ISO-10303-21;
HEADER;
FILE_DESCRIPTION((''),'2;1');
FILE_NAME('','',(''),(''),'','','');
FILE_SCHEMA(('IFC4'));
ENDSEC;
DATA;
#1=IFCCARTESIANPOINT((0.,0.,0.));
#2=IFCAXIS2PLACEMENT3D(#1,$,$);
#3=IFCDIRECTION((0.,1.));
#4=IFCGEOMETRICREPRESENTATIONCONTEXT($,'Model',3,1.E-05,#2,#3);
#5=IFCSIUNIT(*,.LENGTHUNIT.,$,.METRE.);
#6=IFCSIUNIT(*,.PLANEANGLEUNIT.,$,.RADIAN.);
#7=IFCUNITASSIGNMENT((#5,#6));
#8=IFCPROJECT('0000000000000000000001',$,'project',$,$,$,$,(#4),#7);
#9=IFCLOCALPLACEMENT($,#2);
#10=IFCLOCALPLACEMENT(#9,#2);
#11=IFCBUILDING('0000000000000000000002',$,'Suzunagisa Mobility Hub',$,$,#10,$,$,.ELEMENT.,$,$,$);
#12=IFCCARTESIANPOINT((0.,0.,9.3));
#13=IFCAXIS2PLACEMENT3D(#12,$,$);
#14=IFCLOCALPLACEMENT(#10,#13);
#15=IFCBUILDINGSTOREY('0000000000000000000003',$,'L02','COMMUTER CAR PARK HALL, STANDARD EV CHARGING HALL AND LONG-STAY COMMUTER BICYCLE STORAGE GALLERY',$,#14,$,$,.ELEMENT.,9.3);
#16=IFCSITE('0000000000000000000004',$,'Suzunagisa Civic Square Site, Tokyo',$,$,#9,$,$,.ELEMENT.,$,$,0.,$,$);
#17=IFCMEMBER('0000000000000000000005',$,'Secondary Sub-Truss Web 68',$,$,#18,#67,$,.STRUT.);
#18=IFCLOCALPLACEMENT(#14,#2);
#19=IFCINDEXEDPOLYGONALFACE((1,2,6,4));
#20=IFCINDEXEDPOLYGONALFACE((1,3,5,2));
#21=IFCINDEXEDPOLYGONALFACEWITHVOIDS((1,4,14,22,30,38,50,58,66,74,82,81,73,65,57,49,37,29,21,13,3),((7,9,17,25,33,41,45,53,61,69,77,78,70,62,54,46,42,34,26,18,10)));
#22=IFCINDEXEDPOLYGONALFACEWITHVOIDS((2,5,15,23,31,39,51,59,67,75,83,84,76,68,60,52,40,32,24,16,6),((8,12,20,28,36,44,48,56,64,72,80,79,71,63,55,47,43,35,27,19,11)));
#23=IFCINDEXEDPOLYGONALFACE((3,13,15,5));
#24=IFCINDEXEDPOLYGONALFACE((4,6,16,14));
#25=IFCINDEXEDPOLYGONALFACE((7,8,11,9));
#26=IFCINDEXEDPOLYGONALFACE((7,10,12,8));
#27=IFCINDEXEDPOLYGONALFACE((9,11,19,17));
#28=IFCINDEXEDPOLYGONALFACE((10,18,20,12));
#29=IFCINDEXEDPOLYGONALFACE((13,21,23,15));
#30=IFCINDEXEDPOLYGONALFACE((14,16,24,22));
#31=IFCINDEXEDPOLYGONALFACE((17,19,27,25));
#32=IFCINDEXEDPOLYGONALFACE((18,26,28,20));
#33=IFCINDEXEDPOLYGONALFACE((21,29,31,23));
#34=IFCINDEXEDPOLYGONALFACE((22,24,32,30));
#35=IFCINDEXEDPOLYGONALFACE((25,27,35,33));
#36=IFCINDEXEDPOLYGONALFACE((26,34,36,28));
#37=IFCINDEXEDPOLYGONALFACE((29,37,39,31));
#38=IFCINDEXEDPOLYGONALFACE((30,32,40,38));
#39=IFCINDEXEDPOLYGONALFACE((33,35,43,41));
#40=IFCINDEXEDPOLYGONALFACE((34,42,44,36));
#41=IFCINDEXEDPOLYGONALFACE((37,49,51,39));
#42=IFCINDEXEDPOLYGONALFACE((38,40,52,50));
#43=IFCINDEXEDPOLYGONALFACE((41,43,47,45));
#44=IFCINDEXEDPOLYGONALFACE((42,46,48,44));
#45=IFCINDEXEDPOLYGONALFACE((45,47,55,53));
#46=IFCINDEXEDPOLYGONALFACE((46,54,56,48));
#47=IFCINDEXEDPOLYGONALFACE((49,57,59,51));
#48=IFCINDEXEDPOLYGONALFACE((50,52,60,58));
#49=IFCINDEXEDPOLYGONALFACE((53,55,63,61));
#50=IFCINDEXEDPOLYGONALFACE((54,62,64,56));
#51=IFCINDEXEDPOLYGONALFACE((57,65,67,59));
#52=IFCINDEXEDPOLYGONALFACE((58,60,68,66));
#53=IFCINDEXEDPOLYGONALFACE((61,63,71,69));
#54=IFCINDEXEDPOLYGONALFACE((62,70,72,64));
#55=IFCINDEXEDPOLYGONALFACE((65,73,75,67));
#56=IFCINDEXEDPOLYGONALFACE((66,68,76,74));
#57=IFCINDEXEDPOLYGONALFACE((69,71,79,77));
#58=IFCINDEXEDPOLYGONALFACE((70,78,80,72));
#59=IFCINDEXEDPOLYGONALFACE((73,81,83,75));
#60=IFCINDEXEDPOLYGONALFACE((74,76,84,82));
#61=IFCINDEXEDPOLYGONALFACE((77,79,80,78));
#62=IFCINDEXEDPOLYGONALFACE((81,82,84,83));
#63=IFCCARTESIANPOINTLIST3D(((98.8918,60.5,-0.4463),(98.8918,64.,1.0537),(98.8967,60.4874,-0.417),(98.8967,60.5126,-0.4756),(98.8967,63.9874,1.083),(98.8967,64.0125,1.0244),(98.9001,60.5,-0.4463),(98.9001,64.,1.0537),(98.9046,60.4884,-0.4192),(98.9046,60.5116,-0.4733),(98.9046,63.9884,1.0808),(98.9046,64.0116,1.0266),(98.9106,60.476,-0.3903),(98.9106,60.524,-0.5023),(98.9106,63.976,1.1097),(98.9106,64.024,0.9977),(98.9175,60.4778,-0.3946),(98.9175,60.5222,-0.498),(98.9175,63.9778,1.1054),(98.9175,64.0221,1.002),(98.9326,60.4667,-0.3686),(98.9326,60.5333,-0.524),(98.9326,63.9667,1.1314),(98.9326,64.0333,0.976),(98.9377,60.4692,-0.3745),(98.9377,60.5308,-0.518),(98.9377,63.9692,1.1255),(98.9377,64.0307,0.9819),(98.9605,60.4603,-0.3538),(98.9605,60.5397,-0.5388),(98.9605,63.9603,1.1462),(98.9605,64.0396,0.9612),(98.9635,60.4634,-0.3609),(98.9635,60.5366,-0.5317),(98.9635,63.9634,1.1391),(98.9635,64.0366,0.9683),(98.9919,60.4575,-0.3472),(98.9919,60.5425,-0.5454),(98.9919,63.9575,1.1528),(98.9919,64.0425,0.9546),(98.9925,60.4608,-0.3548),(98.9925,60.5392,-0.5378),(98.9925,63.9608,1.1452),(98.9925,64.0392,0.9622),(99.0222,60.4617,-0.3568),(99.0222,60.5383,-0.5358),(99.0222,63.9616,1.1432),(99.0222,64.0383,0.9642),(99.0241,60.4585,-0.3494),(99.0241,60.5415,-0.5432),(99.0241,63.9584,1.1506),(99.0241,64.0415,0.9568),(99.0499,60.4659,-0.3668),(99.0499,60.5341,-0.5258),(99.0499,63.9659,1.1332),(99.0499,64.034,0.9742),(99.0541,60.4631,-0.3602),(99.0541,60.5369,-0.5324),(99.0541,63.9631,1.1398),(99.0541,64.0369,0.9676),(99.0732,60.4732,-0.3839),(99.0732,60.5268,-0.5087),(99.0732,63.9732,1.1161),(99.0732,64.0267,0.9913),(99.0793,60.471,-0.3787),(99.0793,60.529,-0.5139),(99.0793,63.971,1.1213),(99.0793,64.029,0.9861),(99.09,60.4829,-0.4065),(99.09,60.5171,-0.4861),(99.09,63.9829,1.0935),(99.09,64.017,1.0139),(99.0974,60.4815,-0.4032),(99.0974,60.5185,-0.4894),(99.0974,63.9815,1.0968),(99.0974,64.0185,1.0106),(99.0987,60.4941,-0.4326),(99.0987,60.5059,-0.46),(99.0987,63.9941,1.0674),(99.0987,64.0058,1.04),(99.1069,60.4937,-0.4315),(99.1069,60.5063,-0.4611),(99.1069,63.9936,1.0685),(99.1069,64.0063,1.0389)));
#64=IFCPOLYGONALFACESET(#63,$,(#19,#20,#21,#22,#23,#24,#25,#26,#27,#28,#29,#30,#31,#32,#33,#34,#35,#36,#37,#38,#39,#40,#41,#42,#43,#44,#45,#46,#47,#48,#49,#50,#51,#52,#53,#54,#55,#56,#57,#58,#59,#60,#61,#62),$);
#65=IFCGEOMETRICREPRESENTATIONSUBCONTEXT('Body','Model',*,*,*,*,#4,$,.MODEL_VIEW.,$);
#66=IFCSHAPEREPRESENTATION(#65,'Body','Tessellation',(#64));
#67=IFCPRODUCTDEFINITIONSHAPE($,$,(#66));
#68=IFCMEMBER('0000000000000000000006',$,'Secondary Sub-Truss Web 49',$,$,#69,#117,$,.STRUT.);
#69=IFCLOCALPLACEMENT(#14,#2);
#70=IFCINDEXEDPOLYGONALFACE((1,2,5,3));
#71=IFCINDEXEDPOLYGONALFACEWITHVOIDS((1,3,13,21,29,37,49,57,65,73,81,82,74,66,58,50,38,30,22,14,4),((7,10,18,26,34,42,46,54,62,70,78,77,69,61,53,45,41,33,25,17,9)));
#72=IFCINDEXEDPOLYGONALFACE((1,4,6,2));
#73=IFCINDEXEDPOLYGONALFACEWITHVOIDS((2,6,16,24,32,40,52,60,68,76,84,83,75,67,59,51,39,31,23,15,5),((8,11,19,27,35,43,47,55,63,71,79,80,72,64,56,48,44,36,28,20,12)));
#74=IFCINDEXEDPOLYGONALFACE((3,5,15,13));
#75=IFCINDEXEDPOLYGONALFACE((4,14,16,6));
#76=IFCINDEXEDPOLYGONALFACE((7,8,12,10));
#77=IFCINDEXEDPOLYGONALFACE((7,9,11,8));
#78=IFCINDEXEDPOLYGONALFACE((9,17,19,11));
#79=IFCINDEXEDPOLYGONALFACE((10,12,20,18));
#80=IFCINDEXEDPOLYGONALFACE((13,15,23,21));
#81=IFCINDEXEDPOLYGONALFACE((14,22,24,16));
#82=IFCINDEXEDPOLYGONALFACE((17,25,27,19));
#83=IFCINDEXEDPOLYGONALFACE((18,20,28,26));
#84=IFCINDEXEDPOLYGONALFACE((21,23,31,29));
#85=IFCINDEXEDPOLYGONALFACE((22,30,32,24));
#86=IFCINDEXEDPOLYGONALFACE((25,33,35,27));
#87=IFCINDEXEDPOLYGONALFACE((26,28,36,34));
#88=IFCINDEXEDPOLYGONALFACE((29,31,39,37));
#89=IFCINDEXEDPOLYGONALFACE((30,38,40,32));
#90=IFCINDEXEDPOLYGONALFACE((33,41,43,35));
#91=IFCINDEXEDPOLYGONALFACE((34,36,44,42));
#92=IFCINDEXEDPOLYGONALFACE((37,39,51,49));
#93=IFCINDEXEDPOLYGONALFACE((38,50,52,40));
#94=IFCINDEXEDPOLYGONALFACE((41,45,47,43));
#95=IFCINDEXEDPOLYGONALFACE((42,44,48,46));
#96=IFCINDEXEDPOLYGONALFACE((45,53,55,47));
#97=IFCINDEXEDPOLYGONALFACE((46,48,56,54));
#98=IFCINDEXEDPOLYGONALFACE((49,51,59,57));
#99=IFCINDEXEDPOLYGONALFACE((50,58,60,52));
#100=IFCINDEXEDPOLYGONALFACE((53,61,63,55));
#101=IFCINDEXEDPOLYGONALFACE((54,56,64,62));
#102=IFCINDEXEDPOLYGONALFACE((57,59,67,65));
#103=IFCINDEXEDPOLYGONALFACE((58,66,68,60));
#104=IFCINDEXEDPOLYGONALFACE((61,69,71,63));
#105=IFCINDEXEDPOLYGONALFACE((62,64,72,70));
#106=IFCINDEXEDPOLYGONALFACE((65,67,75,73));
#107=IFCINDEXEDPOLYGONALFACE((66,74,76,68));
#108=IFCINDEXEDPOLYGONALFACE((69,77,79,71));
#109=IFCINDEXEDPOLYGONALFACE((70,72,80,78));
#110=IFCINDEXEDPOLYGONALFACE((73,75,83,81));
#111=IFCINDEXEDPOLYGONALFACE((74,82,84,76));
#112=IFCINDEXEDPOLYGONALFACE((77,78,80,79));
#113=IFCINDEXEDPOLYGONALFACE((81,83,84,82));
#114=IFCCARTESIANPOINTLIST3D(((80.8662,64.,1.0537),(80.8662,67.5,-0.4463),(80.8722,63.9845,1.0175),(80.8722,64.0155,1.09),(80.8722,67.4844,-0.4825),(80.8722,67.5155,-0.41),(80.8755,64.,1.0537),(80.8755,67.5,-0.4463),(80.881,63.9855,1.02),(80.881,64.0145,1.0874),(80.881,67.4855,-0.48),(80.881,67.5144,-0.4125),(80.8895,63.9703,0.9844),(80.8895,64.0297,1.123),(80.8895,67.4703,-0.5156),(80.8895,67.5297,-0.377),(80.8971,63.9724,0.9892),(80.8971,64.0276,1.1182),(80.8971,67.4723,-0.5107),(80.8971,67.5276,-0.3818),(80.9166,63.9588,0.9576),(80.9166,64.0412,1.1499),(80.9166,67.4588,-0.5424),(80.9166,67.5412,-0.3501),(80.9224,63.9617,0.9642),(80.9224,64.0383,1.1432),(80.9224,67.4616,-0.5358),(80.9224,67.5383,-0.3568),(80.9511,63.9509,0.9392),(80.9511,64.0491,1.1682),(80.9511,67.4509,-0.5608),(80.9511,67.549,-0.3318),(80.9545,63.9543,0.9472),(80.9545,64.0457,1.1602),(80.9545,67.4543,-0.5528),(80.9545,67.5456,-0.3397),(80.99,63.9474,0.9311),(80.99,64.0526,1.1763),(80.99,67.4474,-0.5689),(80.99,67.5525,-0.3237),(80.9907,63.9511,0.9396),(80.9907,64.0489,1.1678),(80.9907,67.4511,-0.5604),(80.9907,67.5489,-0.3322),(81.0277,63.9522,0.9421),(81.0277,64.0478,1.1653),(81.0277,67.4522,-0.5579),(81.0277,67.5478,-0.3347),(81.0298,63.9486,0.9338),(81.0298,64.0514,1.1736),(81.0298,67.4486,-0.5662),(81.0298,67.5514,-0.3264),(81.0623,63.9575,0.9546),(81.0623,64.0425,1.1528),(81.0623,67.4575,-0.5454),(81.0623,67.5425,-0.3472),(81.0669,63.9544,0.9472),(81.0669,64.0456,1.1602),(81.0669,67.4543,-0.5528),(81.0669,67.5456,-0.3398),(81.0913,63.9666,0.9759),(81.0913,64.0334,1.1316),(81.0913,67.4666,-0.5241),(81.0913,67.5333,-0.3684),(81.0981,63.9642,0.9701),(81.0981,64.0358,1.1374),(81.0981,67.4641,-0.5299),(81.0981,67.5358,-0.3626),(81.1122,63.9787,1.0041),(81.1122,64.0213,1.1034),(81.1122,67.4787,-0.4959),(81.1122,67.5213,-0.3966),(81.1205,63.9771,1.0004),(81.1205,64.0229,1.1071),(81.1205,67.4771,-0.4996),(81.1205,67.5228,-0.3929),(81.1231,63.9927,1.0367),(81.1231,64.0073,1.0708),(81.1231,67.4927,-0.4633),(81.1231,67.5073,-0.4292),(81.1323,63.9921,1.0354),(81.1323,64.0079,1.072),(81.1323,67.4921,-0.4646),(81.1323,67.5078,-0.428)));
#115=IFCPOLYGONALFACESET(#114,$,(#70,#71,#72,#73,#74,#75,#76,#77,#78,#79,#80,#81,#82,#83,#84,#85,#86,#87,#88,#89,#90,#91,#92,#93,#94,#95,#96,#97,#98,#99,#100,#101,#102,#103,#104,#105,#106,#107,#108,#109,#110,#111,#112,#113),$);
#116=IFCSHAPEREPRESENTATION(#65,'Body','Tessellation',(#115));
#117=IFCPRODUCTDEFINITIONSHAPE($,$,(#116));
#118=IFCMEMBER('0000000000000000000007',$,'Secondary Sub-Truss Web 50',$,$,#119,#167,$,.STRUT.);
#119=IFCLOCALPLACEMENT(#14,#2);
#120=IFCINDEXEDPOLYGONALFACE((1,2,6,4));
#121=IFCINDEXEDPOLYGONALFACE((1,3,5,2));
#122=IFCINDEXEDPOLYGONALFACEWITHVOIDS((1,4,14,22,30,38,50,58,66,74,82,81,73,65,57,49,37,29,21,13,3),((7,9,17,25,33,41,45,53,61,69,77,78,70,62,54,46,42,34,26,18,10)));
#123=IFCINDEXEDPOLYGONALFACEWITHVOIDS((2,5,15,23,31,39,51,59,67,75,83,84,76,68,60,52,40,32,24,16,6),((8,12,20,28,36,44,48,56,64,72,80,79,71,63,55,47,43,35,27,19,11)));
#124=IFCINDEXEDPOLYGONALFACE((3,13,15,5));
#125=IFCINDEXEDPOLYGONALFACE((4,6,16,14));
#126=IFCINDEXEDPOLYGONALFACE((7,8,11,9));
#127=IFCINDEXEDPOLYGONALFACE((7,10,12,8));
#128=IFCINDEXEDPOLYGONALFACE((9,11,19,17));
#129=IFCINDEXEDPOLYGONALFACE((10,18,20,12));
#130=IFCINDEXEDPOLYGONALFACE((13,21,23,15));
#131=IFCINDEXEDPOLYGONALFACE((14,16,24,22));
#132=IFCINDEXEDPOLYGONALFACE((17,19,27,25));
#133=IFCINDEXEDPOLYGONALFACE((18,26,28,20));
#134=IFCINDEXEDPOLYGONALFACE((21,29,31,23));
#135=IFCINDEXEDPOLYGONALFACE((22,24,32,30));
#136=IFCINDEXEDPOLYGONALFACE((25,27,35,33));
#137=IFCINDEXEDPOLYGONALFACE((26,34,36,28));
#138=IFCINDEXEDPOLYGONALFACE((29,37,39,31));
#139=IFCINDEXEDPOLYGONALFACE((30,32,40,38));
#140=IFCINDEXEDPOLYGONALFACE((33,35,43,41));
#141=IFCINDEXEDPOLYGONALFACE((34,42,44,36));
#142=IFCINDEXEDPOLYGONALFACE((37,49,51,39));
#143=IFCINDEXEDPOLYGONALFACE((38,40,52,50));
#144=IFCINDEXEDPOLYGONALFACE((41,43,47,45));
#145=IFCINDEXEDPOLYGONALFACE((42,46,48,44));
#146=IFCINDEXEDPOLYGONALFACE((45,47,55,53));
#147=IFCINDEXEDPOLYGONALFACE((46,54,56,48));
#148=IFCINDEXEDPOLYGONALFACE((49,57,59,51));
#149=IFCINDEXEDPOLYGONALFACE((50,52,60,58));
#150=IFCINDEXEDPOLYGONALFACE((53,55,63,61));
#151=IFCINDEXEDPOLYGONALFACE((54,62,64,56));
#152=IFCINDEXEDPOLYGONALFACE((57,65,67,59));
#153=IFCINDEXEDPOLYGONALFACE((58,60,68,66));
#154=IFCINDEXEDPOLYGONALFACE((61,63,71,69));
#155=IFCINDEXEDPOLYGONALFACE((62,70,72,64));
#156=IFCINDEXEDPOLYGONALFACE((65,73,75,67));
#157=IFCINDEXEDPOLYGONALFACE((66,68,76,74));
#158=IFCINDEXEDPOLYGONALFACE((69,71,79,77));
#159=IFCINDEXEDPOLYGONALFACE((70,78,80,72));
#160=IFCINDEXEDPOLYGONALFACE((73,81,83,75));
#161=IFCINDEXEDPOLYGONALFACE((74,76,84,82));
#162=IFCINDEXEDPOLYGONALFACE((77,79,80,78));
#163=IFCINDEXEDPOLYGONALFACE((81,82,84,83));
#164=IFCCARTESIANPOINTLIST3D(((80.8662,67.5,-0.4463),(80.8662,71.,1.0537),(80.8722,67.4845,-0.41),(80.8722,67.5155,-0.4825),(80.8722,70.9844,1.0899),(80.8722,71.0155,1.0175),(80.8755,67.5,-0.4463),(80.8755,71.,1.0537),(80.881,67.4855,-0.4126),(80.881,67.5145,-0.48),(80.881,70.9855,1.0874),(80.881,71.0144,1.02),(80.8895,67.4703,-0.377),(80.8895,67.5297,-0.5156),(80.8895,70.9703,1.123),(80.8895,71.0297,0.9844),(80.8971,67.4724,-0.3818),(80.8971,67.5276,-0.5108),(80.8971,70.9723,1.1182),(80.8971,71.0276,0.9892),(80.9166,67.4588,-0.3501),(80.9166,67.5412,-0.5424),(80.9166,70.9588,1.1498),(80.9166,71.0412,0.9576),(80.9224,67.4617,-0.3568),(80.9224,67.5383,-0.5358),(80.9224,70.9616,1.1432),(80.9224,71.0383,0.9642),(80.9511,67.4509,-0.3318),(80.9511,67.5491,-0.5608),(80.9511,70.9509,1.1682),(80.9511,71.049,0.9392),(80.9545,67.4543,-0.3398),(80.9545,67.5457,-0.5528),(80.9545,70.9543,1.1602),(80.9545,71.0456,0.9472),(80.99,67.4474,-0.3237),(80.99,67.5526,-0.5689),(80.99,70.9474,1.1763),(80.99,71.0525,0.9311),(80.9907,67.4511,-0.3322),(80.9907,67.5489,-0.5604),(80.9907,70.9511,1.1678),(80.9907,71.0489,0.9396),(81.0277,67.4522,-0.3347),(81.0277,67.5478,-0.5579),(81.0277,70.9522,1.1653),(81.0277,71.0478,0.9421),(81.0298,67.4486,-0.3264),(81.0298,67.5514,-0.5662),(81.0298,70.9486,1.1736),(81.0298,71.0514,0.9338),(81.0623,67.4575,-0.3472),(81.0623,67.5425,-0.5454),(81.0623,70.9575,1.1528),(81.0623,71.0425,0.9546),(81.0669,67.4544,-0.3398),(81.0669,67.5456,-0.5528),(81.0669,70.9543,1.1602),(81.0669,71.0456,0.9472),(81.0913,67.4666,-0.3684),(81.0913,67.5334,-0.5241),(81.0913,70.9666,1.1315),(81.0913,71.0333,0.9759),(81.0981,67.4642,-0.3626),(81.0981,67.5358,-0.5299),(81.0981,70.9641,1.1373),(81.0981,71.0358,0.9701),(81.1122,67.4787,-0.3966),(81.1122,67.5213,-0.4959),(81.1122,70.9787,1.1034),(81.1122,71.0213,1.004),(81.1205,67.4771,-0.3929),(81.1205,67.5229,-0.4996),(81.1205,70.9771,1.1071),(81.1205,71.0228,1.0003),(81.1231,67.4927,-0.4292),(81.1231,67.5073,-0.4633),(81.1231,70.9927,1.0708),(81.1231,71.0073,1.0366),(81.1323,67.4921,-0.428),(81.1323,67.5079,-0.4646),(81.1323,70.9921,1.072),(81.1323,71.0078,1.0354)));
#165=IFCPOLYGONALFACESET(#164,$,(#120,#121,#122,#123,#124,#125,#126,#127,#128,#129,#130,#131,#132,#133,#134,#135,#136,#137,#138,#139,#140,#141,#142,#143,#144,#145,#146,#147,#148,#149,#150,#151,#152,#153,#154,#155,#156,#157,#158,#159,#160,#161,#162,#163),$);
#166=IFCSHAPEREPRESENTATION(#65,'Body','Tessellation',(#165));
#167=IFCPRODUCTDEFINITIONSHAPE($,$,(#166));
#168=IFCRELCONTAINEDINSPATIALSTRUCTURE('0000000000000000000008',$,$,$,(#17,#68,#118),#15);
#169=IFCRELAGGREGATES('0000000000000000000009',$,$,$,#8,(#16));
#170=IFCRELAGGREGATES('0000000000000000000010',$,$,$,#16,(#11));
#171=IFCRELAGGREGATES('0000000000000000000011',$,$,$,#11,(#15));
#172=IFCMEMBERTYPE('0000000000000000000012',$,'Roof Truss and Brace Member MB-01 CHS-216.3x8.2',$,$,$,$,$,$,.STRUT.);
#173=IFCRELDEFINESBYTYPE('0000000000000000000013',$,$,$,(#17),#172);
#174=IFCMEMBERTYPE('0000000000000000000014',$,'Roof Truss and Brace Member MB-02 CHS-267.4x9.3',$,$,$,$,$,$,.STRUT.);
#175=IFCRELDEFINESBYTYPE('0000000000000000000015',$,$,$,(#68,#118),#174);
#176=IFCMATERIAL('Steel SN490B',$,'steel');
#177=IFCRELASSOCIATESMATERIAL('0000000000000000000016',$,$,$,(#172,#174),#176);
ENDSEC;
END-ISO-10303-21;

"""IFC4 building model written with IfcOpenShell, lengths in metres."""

from ifc_helpers import new_model, si_unit, direction, frame, origin, origin_2d, place, context, subcontext, project, spatial, hollow_circle, extrude, material, material_profile, profile_set, type_object, element, save


model = new_model("IFC4")

# Units and contexts
model_context = context("Model", 3, precision=1e-05, world=origin(), true_north=direction((0.0, 1.0)))
body_context = subcontext(model_context, "Body", "Model", "MODEL_VIEW")
ifc_project = project(units=[si_unit("LENGTHUNIT", "METRE"), si_unit("PLANEANGLEUNIT", "RADIAN")], contexts=[model_context])

# Site, building, storey
site_placement = place(None, origin())
site = spatial("IfcSite", under=ifc_project, at=site_placement, Name="Suzunagisa Civic Square Site, Tokyo", CompositionType="ELEMENT", RefElevation=0.0)
building_placement = place(site_placement, origin())
building = spatial("IfcBuilding", under=site, at=building_placement, Name="Suzunagisa Mobility Hub", CompositionType="ELEMENT")
storey_placement = place(building_placement, frame((0.0, 0.0, 9.3)))
storey = spatial("IfcBuildingStorey", under=building, at=storey_placement, Name="L02", Description="COMMUTER CAR PARK HALL, STANDARD EV CHARGING HALL AND LONG-STAY COMMUTER BICYCLE STORAGE GALLERY", CompositionType="ELEMENT", Elevation=9.3)

# Shared definitions
ifc_material_1 = material(Name="Steel SN490B", Category="steel")

# Members
ifc_material_profile_1 = material_profile(ifc_material_1, hollow_circle(Radius=0.1082, WallThickness=0.0083, at=origin_2d()), Name="CHS-216.3x8.2")
ifc_profile_set_1 = profile_set([ifc_material_profile_1], Name="Steel SN490B")
member_type_1 = type_object("IfcMemberType", Name="Roof Truss and Brace Member MB-01 CHS-216.3x8.2", PredefinedType="STRUT", material=ifc_profile_set_1)
for number, where, z_axis, x_axis, name in (
    (1, (99.0, 60.5, -0.4463), (0.0, 0.919145, 0.393919), (-1.0, 0.0, 0.0), "Secondary Sub-Truss Web 68"),
):
    element("IfcMember", number, at=place(storey_placement, frame(where, z_axis=z_axis, x_axis=x_axis)), inside=storey, type_object=member_type_1, Name=name, PredefinedType="STRUT", context=body_context, shape_type="SweptSolid", body=[
        extrude(hollow_circle(Radius=0.1082, WallThickness=0.0083, at=origin_2d()), origin(), (0.0, 0.0, 1.0), 3.8079),
    ])
ifc_material_profile_2 = material_profile(ifc_material_1, hollow_circle(Radius=0.1338, WallThickness=0.0093, at=origin_2d()), Name="CHS-267.4x9.3")
ifc_profile_set_2 = profile_set([ifc_material_profile_2], Name="Steel SN490B")
member_type_2 = type_object("IfcMemberType", Name="Roof Truss and Brace Member MB-02 CHS-267.4x9.3", PredefinedType="STRUT", material=ifc_profile_set_2)
for number, where, z_axis, x_axis, name in (
    (2, (81.0, 64.0, 1.0537), (0.0, 0.919145, -0.393919), (-1.0, 0.0, 0.0), "Secondary Sub-Truss Web 49"),
    (3, (81.0, 67.5, -0.4463), (0.0, 0.919145, 0.393919), (-1.0, 0.0, 0.0), "Secondary Sub-Truss Web 50"),
):
    element("IfcMember", number, at=place(storey_placement, frame(where, z_axis=z_axis, x_axis=x_axis)), inside=storey, type_object=member_type_2, Name=name, PredefinedType="STRUT", context=body_context, shape_type="SweptSolid", body=[
        extrude(hollow_circle(Radius=0.1338, WallThickness=0.0093, at=origin_2d()), origin(), (0.0, 0.0, 1.0), 3.8079),
    ])

save(model, "model.ifc")
